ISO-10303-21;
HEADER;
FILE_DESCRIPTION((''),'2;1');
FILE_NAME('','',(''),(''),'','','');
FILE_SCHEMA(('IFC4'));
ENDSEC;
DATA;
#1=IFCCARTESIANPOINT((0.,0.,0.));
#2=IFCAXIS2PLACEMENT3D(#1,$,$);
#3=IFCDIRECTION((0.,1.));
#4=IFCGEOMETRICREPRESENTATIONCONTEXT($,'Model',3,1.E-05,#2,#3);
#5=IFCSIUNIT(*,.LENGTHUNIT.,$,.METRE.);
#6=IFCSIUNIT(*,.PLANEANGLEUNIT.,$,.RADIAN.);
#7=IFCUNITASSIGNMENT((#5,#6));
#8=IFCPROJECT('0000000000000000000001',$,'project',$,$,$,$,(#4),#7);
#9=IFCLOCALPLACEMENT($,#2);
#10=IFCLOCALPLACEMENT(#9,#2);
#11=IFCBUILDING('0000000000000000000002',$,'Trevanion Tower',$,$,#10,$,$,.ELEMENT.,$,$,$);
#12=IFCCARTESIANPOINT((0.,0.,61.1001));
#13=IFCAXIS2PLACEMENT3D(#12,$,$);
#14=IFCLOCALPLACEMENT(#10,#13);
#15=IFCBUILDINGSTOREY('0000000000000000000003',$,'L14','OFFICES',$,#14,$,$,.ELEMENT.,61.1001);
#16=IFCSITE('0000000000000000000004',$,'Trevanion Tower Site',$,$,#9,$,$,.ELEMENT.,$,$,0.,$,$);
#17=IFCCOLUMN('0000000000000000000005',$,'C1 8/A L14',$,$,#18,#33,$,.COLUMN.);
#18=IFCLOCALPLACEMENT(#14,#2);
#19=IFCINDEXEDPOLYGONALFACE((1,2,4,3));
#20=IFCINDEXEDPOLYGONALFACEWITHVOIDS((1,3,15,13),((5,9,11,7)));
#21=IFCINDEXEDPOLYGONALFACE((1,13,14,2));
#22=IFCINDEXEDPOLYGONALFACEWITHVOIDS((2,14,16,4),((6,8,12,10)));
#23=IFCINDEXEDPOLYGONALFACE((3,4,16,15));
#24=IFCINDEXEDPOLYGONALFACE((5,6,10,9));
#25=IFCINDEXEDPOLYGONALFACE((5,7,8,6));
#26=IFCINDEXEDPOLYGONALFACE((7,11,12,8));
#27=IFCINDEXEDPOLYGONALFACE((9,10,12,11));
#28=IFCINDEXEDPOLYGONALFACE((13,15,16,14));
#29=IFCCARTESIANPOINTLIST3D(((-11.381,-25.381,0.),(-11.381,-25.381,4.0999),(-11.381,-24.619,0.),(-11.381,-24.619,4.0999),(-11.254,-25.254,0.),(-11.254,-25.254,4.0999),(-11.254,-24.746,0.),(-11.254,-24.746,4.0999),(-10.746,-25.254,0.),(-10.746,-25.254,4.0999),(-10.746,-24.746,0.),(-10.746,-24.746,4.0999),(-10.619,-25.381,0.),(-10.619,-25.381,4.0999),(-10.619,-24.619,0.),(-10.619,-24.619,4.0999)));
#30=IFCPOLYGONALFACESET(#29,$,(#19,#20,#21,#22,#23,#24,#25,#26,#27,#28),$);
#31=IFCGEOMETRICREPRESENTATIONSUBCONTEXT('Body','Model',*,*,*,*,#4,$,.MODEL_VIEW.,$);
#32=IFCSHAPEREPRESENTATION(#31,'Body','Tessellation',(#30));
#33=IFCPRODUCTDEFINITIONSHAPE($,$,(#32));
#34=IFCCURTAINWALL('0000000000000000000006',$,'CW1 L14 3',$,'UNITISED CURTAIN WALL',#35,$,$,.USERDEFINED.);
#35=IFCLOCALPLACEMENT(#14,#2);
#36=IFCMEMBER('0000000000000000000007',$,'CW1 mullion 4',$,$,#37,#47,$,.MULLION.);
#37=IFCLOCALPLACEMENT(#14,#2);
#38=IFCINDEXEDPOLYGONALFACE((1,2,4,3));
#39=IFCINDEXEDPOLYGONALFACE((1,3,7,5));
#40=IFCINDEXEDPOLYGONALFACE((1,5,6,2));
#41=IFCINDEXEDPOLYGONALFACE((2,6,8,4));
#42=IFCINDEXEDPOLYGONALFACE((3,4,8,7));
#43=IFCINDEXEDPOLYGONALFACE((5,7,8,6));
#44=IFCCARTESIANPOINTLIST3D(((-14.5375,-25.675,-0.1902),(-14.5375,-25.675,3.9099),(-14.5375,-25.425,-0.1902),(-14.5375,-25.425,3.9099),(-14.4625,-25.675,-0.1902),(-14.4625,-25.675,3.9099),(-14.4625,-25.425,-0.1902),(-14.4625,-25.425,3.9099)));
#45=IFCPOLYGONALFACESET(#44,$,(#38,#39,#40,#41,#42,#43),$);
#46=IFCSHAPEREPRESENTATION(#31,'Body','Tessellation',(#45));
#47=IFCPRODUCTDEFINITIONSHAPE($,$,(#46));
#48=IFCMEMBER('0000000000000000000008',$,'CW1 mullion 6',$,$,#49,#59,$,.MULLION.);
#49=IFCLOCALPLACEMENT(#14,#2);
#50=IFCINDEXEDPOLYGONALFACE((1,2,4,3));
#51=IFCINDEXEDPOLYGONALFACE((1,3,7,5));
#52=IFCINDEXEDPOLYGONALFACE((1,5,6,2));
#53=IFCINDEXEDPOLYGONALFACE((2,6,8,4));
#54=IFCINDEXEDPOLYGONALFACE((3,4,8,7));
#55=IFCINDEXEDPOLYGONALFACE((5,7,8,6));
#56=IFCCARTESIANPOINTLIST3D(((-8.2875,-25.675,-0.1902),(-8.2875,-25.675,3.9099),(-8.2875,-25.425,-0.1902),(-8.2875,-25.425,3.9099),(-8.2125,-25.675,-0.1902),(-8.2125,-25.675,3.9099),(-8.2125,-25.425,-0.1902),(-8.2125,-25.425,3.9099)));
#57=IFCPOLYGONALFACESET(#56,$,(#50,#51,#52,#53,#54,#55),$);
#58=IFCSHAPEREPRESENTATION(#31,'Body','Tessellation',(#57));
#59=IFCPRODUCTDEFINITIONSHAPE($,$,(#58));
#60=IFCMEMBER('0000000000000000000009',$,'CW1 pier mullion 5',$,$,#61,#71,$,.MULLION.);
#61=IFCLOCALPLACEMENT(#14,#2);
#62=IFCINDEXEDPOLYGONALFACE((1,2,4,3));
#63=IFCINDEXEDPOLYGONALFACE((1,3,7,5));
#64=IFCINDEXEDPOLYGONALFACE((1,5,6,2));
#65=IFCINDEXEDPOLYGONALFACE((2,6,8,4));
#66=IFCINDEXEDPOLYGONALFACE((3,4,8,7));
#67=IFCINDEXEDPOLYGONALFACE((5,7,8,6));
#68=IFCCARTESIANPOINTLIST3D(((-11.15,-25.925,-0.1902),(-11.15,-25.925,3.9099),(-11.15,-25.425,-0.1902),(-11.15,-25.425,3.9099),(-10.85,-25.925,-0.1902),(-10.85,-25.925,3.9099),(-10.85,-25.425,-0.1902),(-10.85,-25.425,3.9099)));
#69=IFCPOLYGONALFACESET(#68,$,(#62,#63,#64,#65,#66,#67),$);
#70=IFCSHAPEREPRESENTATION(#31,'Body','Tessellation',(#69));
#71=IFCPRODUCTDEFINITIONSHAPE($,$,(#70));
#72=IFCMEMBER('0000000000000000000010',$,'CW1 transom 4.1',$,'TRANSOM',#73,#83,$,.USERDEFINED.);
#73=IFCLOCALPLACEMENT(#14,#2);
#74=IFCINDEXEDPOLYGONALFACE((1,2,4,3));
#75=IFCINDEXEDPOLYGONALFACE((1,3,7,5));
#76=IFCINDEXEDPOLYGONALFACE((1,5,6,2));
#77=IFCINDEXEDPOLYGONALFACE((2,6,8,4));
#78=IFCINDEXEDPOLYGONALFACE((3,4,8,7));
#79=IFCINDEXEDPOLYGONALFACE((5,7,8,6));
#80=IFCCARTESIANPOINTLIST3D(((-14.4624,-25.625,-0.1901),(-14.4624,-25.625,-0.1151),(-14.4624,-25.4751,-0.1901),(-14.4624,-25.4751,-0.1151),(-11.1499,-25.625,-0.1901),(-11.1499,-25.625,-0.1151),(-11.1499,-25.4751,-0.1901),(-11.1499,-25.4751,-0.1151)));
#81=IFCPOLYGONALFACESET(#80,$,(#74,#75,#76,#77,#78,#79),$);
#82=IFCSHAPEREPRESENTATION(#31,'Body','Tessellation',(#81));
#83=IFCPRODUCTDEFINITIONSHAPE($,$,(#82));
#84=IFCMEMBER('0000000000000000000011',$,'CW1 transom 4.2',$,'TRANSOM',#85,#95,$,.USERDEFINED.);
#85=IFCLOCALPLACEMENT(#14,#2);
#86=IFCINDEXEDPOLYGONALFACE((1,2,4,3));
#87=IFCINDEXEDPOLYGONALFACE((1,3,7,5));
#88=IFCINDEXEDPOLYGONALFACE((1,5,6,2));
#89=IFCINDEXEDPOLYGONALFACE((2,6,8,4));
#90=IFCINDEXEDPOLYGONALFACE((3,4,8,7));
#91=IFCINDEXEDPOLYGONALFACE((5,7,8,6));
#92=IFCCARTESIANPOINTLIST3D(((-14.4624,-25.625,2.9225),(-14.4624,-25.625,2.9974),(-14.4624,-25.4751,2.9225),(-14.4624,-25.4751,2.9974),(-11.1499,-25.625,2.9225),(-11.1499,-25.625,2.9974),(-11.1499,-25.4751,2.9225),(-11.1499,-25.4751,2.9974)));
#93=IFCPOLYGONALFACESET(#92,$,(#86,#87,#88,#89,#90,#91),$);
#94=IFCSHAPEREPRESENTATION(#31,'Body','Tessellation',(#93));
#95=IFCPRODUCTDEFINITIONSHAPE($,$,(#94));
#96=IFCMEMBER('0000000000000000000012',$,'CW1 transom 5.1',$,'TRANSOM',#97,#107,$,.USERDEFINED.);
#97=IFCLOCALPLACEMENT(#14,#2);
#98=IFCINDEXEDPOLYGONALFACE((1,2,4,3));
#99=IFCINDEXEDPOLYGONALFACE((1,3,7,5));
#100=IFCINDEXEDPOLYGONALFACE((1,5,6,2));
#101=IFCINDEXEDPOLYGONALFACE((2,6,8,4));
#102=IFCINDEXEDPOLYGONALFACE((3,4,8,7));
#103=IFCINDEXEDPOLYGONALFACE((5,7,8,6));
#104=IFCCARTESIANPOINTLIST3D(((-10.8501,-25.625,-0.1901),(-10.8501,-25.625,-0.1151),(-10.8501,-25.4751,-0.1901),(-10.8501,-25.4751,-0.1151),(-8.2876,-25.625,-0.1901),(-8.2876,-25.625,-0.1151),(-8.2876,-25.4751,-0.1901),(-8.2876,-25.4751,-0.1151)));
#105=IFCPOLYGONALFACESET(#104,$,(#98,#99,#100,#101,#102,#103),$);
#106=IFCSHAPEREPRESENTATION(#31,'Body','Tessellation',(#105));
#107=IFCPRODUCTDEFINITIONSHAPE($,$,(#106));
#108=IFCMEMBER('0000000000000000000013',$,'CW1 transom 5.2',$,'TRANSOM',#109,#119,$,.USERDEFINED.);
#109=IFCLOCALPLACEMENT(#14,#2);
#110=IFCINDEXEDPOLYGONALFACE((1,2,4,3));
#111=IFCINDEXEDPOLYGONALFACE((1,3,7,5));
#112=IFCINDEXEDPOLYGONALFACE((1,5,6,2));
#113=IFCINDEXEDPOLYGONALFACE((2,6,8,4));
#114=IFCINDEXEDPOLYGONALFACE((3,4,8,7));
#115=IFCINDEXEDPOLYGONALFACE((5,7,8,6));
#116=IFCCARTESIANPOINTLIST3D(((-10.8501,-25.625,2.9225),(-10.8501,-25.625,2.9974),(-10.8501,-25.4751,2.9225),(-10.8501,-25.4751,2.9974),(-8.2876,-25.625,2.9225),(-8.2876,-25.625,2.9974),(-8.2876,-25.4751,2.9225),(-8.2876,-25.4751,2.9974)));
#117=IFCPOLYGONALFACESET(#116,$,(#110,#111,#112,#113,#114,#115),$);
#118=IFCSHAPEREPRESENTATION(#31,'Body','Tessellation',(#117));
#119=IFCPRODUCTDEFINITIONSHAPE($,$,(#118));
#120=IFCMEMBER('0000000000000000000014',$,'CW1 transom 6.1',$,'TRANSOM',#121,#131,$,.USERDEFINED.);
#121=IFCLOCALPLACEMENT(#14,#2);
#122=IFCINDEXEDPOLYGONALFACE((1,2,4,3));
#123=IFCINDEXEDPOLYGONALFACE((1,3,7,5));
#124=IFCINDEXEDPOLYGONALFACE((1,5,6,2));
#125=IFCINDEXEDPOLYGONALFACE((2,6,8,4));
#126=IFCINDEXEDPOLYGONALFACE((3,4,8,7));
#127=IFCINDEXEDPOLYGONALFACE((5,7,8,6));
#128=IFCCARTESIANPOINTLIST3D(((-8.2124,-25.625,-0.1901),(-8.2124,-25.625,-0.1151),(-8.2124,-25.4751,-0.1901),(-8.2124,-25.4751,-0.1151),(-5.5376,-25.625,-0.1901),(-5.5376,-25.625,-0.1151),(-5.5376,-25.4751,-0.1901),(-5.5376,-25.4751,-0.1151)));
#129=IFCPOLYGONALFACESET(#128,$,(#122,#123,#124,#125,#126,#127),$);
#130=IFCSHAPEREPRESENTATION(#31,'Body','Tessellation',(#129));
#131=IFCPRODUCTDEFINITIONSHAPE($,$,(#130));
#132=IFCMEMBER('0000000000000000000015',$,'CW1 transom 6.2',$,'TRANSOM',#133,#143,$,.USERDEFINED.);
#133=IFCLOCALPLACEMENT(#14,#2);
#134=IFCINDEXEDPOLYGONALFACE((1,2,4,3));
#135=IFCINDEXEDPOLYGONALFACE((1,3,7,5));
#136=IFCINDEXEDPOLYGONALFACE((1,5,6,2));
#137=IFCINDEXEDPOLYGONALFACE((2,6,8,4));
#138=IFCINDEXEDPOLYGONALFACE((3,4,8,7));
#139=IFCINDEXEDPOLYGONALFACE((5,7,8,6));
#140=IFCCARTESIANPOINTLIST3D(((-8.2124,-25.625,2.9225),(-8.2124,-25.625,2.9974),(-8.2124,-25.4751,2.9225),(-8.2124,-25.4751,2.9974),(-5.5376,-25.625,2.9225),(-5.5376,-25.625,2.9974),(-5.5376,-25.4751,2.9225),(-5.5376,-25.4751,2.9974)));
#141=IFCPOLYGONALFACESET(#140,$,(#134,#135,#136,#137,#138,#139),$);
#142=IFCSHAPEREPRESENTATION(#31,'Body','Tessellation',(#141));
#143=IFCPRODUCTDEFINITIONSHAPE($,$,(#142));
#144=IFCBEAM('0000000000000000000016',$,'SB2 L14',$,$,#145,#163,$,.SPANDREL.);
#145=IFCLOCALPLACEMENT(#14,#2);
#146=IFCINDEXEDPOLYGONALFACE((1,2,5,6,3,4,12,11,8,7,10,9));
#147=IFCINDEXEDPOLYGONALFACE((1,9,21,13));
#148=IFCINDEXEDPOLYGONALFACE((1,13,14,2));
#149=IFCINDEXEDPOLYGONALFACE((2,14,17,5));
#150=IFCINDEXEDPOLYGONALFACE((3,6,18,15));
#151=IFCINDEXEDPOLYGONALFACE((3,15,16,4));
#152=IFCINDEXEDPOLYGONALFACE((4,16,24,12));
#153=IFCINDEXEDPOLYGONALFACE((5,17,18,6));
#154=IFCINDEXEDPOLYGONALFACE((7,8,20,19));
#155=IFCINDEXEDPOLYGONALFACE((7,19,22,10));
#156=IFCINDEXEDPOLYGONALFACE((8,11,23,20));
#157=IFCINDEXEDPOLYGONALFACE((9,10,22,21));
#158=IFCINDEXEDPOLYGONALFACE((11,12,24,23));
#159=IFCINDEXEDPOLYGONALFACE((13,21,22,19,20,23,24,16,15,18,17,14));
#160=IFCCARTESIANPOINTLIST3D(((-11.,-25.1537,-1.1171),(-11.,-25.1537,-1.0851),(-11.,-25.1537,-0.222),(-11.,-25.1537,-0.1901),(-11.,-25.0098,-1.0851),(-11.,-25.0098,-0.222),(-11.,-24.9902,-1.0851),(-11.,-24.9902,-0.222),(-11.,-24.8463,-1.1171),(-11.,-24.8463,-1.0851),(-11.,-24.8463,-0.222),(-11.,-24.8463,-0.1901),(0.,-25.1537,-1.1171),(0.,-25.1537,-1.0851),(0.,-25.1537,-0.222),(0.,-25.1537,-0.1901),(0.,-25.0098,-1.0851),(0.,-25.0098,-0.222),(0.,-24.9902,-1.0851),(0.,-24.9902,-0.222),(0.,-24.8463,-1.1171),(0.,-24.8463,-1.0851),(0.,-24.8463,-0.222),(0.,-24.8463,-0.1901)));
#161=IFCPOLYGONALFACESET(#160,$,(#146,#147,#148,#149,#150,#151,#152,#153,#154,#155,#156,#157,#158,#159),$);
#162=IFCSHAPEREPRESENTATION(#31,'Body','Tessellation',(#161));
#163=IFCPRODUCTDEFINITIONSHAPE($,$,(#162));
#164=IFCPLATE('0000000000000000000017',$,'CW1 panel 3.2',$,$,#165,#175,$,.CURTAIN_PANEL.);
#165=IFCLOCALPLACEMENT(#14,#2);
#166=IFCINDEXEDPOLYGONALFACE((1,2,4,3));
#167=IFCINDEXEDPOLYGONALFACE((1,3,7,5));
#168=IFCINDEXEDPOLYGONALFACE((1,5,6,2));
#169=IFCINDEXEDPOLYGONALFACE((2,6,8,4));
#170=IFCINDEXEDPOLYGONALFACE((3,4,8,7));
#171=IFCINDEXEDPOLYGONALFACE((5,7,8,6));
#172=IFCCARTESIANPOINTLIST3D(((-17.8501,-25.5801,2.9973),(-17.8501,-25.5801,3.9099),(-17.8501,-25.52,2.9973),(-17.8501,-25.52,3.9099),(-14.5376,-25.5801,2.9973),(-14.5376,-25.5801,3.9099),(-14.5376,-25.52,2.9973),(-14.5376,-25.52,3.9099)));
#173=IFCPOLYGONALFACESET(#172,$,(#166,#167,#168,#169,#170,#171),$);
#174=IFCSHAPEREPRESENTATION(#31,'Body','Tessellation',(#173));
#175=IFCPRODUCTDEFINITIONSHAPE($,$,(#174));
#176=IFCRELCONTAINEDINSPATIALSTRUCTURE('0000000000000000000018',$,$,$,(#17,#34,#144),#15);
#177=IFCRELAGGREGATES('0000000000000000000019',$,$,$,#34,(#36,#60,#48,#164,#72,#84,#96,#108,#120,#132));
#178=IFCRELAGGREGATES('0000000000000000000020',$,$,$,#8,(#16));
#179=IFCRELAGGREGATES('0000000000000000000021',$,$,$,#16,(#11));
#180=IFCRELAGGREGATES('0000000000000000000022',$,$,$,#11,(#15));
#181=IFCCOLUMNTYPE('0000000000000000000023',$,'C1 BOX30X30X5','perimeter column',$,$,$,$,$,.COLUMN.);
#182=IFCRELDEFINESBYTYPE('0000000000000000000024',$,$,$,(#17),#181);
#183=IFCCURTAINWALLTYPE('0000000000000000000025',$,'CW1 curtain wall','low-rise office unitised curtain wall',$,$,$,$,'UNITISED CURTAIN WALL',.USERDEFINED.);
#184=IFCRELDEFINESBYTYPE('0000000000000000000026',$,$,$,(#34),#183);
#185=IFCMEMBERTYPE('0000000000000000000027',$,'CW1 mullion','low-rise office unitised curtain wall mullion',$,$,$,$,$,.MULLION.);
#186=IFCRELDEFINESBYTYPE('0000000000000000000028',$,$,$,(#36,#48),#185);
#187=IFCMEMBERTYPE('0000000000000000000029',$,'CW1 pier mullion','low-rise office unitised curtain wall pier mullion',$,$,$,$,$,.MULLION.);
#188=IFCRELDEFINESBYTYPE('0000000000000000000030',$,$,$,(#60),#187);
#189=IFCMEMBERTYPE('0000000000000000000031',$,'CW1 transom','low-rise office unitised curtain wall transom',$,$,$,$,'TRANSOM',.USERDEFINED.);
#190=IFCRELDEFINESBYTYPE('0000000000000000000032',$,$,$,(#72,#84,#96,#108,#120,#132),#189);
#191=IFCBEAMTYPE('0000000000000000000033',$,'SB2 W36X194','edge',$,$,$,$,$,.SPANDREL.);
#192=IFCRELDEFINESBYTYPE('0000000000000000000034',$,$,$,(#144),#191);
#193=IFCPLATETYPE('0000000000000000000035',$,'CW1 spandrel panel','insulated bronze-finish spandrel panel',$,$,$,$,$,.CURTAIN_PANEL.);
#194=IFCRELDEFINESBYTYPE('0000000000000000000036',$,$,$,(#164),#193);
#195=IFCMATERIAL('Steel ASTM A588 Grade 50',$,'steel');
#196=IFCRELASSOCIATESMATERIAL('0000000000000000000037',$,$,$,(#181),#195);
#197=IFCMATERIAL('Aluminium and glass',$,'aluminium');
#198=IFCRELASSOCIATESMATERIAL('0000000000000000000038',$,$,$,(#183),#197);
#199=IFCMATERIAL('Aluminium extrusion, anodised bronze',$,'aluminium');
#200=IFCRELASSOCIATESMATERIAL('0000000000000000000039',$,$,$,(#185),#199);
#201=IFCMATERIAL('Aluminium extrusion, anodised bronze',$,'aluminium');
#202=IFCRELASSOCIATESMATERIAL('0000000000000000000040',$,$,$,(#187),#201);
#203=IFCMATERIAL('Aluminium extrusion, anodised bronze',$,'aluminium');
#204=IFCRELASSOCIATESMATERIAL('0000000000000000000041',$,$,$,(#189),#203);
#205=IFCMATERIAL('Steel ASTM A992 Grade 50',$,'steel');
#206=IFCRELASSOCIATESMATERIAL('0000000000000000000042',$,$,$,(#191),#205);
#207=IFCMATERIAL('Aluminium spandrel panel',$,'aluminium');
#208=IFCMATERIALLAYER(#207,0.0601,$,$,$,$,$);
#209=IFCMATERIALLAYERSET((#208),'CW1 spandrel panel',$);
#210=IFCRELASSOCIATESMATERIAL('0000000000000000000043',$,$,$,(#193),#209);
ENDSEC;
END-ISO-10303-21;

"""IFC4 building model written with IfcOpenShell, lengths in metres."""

from ifc_helpers import new_model, si_unit, direction, frame, origin, origin_2d, place, context, subcontext, project, spatial, rectangle, hollow_rectangle, i_section, extrude, material, layer, layer_set, material_profile, profile_set, type_object, element, aggregate, save


model = new_model("IFC4")

# Units and contexts
model_context = context("Model", 3, precision=1e-05, world=origin(), true_north=direction((0.0, 1.0)))
body_context = subcontext(model_context, "Body", "Model", "MODEL_VIEW")
ifc_project = project(units=[si_unit("LENGTHUNIT", "METRE"), si_unit("PLANEANGLEUNIT", "RADIAN")], contexts=[model_context])

# Site, building, storey
site_placement = place(None, origin())
site = spatial("IfcSite", under=ifc_project, at=site_placement, Name="Trevanion Tower Site", CompositionType="ELEMENT", RefElevation=0.0)
building_placement = place(site_placement, origin())
building = spatial("IfcBuilding", under=site, at=building_placement, Name="Trevanion Tower", CompositionType="ELEMENT")
storey_placement = place(building_placement, frame((0.0, 0.0, 61.1001)))
storey = spatial("IfcBuildingStorey", under=building, at=storey_placement, Name="L14", Description="OFFICES", CompositionType="ELEMENT", Elevation=61.1001)

# Column
ifc_material_1 = material(Name="Steel ASTM A588 Grade 50", Category="steel")
ifc_material_profile_1 = material_profile(ifc_material_1, hollow_rectangle(XDim=0.762, YDim=0.762, WallThickness=0.127, at=origin_2d()), Name="BOX30X30X5")
ifc_profile_set_1 = profile_set([ifc_material_profile_1], Name="Steel ASTM A588 Grade 50")
column_type = type_object("IfcColumnType", Name="C1 BOX30X30X5", Description="perimeter column", PredefinedType="COLUMN", material=ifc_profile_set_1)
column_placement = place(storey_placement, frame((-11.0, -25.0, 0.0), z_axis=(0.0, 0.0, 1.0), x_axis=(1.0, 0.0, 0.0)))
element("IfcColumn", 1, at=column_placement, inside=storey, type_object=column_type, Name="C1 8/A L14", PredefinedType="COLUMN", context=body_context, shape_type="SweptSolid", body=[
    extrude(hollow_rectangle(XDim=0.762, YDim=0.762, WallThickness=0.127, at=origin_2d()), origin(), (0.0, 0.0, 1.0), 4.0999),
])

# Curtain wall, members
ifc_material_2 = material(Name="Aluminium and glass", Category="aluminium")
curtain_wall_type = type_object("IfcCurtainWallType", Name="CW1 curtain wall", Description="low-rise office unitised curtain wall", ElementType="UNITISED CURTAIN WALL", PredefinedType="USERDEFINED", material=ifc_material_2)
curtain_wall_placement = place(storey_placement, origin())
curtain_wall = element("IfcCurtainWall", 2, at=curtain_wall_placement, inside=storey, type_object=curtain_wall_type, Name="CW1 L14 3", ObjectType="UNITISED CURTAIN WALL", PredefinedType="USERDEFINED")
ifc_material_3 = material(Name="Aluminium extrusion, anodised bronze", Category="aluminium")
ifc_material_profile_2 = material_profile(ifc_material_3, rectangle(XDim=0.075, YDim=0.25, at=origin_2d()), Name="CW1 mullion")
ifc_profile_set_2 = profile_set([ifc_material_profile_2], Name="Aluminium extrusion, anodised bronze")
member_type_1 = type_object("IfcMemberType", Name="CW1 mullion", Description="low-rise office unitised curtain wall mullion", PredefinedType="MULLION", material=ifc_profile_set_2)
member_1_placement = place(storey_placement, frame((-14.5, -25.55, -0.1902), z_axis=(0.0, 0.0, 1.0), x_axis=(1.0, 0.0, 0.0)))
member_1 = element("IfcMember", 3, at=member_1_placement, type_object=member_type_1, Name="CW1 mullion 4", PredefinedType="MULLION", context=body_context, shape_type="SweptSolid", body=[
    extrude(rectangle(XDim=0.075, YDim=0.25, at=origin_2d()), origin(), (0.0, 0.0, 1.0), 4.1001),
])
member_2_placement = place(storey_placement, frame((-8.25, -25.55, -0.1902), z_axis=(0.0, 0.0, 1.0), x_axis=(1.0, 0.0, 0.0)))
member_2 = element("IfcMember", 4, at=member_2_placement, type_object=member_type_1, Name="CW1 mullion 6", PredefinedType="MULLION", context=body_context, shape_type="SweptSolid", body=[
    extrude(rectangle(XDim=0.075, YDim=0.25, at=origin_2d()), origin(), (0.0, 0.0, 1.0), 4.1001),
])
ifc_material_4 = material(Name="Aluminium extrusion, anodised bronze", Category="aluminium")
ifc_material_profile_3 = material_profile(ifc_material_4, rectangle(XDim=0.3, YDim=0.5, at=origin_2d()), Name="CW1 pier mullion")
ifc_profile_set_3 = profile_set([ifc_material_profile_3], Name="Aluminium extrusion, anodised bronze")
member_type_2 = type_object("IfcMemberType", Name="CW1 pier mullion", Description="low-rise office unitised curtain wall pier mullion", PredefinedType="MULLION", material=ifc_profile_set_3)
member_3_placement = place(storey_placement, frame((-11.0, -25.675, -0.1902), z_axis=(0.0, 0.0, 1.0), x_axis=(1.0, 0.0, 0.0)))
member_3 = element("IfcMember", 5, at=member_3_placement, type_object=member_type_2, Name="CW1 pier mullion 5", PredefinedType="MULLION", context=body_context, shape_type="SweptSolid", body=[
    extrude(rectangle(XDim=0.3, YDim=0.5, at=origin_2d()), origin(), (0.0, 0.0, 1.0), 4.1001),
])
ifc_material_5 = material(Name="Aluminium extrusion, anodised bronze", Category="aluminium")
ifc_material_profile_4 = material_profile(ifc_material_5, rectangle(XDim=0.1499, YDim=0.075, at=origin_2d()), Name="CW1 transom")
ifc_profile_set_4 = profile_set([ifc_material_profile_4], Name="Aluminium extrusion, anodised bronze")
member_type_3 = type_object("IfcMemberType", Name="CW1 transom", Description="low-rise office unitised curtain wall transom", ElementType="TRANSOM", PredefinedType="USERDEFINED", material=ifc_profile_set_4)
member_4_placement = place(storey_placement, frame((-14.4624, -25.55, -0.1526), z_axis=(1.0, 0.0, 0.0), x_axis=(0.0, 1.0, 0.0)))
member_4 = element("IfcMember", 6, at=member_4_placement, type_object=member_type_3, Name="CW1 transom 4.1", ObjectType="TRANSOM", PredefinedType="USERDEFINED", context=body_context, shape_type="SweptSolid", body=[
    extrude(rectangle(XDim=0.1499, YDim=0.075, at=origin_2d()), origin(), (0.0, 0.0, 1.0), 3.3125),
])
member_5_placement = place(storey_placement, frame((-14.4624, -25.55, 2.96), z_axis=(1.0, 0.0, 0.0), x_axis=(0.0, 1.0, 0.0)))
member_5 = element("IfcMember", 7, at=member_5_placement, type_object=member_type_3, Name="CW1 transom 4.2", ObjectType="TRANSOM", PredefinedType="USERDEFINED", context=body_context, shape_type="SweptSolid", body=[
    extrude(rectangle(XDim=0.1499, YDim=0.075, at=origin_2d()), origin(), (0.0, 0.0, 1.0), 3.3125),
])
member_6_placement = place(storey_placement, frame((-10.8501, -25.55, -0.1526), z_axis=(1.0, 0.0, 0.0), x_axis=(0.0, 1.0, 0.0)))
member_6 = element("IfcMember", 8, at=member_6_placement, type_object=member_type_3, Name="CW1 transom 5.1", ObjectType="TRANSOM", PredefinedType="USERDEFINED", context=body_context, shape_type="SweptSolid", body=[
    extrude(rectangle(XDim=0.1499, YDim=0.075, at=origin_2d()), origin(), (0.0, 0.0, 1.0), 2.5625),
])
member_7_placement = place(storey_placement, frame((-10.8501, -25.55, 2.96), z_axis=(1.0, 0.0, 0.0), x_axis=(0.0, 1.0, 0.0)))
member_7 = element("IfcMember", 9, at=member_7_placement, type_object=member_type_3, Name="CW1 transom 5.2", ObjectType="TRANSOM", PredefinedType="USERDEFINED", context=body_context, shape_type="SweptSolid", body=[
    extrude(rectangle(XDim=0.1499, YDim=0.075, at=origin_2d()), origin(), (0.0, 0.0, 1.0), 2.5625),
])
member_8_placement = place(storey_placement, frame((-8.2124, -25.55, -0.1526), z_axis=(1.0, 0.0, 0.0), x_axis=(0.0, 1.0, 0.0)))
member_8 = element("IfcMember", 10, at=member_8_placement, type_object=member_type_3, Name="CW1 transom 6.1", ObjectType="TRANSOM", PredefinedType="USERDEFINED", context=body_context, shape_type="SweptSolid", body=[
    extrude(rectangle(XDim=0.1499, YDim=0.075, at=origin_2d()), origin(), (0.0, 0.0, 1.0), 2.6748),
])
member_9_placement = place(storey_placement, frame((-8.2124, -25.55, 2.96), z_axis=(1.0, 0.0, 0.0), x_axis=(0.0, 1.0, 0.0)))
member_9 = element("IfcMember", 11, at=member_9_placement, type_object=member_type_3, Name="CW1 transom 6.2", ObjectType="TRANSOM", PredefinedType="USERDEFINED", context=body_context, shape_type="SweptSolid", body=[
    extrude(rectangle(XDim=0.1499, YDim=0.075, at=origin_2d()), origin(), (0.0, 0.0, 1.0), 2.6748),
])

# Beam
ifc_material_6 = material(Name="Steel ASTM A992 Grade 50", Category="steel")
ifc_material_profile_5 = material_profile(ifc_material_6, i_section(OverallWidth=0.3074, OverallDepth=0.927, WebThickness=0.0195, FlangeThickness=0.032, at=origin_2d()), Name="W36X194")
ifc_profile_set_5 = profile_set([ifc_material_profile_5], Name="Steel ASTM A992 Grade 50")
beam_type = type_object("IfcBeamType", Name="SB2 W36X194", Description="edge", PredefinedType="SPANDREL", material=ifc_profile_set_5)
beam_placement = place(storey_placement, frame((-11.0, -25.0, -0.6536), z_axis=(1.0, 0.0, 0.0), x_axis=(0.0, 1.0, 0.0)))
element("IfcBeam", 12, at=beam_placement, inside=storey, type_object=beam_type, Name="SB2 L14", PredefinedType="SPANDREL", context=body_context, shape_type="SweptSolid", body=[
    extrude(i_section(OverallWidth=0.3074, OverallDepth=0.927, WebThickness=0.0195, FlangeThickness=0.032, at=origin_2d()), origin(), (0.0, 0.0, 1.0), 11.0),
])

# Plate
ifc_material_7 = material(Name="Aluminium spandrel panel", Category="aluminium")
ifc_layer_1 = layer(ifc_material_7, 0.0601)
ifc_layer_set_1 = layer_set([ifc_layer_1], Name="CW1 spandrel panel")
plate_type_1 = type_object("IfcPlateType", Name="CW1 spandrel panel", Description="insulated bronze-finish spandrel panel", PredefinedType="CURTAIN_PANEL", material=ifc_layer_set_1)
plate_1_placement = place(storey_placement, frame((-16.1938, -25.55, 2.9973), z_axis=(0.0, 0.0, 1.0), x_axis=(1.0, 0.0, 0.0)))
plate_1 = element("IfcPlate", 13, at=plate_1_placement, type_object=plate_type_1, Name="CW1 panel 3.2", PredefinedType="CURTAIN_PANEL", context=body_context, shape_type="SweptSolid", body=[
    extrude(rectangle(XDim=3.3125, YDim=0.0601, at=origin_2d()), origin(), (0.0, 0.0, 1.0), 0.9126),
])
aggregate(curtain_wall, [member_1, member_3, member_2, plate_1, member_4, member_5, member_6, member_7, member_8, member_9])

save(model, "model.ifc")
